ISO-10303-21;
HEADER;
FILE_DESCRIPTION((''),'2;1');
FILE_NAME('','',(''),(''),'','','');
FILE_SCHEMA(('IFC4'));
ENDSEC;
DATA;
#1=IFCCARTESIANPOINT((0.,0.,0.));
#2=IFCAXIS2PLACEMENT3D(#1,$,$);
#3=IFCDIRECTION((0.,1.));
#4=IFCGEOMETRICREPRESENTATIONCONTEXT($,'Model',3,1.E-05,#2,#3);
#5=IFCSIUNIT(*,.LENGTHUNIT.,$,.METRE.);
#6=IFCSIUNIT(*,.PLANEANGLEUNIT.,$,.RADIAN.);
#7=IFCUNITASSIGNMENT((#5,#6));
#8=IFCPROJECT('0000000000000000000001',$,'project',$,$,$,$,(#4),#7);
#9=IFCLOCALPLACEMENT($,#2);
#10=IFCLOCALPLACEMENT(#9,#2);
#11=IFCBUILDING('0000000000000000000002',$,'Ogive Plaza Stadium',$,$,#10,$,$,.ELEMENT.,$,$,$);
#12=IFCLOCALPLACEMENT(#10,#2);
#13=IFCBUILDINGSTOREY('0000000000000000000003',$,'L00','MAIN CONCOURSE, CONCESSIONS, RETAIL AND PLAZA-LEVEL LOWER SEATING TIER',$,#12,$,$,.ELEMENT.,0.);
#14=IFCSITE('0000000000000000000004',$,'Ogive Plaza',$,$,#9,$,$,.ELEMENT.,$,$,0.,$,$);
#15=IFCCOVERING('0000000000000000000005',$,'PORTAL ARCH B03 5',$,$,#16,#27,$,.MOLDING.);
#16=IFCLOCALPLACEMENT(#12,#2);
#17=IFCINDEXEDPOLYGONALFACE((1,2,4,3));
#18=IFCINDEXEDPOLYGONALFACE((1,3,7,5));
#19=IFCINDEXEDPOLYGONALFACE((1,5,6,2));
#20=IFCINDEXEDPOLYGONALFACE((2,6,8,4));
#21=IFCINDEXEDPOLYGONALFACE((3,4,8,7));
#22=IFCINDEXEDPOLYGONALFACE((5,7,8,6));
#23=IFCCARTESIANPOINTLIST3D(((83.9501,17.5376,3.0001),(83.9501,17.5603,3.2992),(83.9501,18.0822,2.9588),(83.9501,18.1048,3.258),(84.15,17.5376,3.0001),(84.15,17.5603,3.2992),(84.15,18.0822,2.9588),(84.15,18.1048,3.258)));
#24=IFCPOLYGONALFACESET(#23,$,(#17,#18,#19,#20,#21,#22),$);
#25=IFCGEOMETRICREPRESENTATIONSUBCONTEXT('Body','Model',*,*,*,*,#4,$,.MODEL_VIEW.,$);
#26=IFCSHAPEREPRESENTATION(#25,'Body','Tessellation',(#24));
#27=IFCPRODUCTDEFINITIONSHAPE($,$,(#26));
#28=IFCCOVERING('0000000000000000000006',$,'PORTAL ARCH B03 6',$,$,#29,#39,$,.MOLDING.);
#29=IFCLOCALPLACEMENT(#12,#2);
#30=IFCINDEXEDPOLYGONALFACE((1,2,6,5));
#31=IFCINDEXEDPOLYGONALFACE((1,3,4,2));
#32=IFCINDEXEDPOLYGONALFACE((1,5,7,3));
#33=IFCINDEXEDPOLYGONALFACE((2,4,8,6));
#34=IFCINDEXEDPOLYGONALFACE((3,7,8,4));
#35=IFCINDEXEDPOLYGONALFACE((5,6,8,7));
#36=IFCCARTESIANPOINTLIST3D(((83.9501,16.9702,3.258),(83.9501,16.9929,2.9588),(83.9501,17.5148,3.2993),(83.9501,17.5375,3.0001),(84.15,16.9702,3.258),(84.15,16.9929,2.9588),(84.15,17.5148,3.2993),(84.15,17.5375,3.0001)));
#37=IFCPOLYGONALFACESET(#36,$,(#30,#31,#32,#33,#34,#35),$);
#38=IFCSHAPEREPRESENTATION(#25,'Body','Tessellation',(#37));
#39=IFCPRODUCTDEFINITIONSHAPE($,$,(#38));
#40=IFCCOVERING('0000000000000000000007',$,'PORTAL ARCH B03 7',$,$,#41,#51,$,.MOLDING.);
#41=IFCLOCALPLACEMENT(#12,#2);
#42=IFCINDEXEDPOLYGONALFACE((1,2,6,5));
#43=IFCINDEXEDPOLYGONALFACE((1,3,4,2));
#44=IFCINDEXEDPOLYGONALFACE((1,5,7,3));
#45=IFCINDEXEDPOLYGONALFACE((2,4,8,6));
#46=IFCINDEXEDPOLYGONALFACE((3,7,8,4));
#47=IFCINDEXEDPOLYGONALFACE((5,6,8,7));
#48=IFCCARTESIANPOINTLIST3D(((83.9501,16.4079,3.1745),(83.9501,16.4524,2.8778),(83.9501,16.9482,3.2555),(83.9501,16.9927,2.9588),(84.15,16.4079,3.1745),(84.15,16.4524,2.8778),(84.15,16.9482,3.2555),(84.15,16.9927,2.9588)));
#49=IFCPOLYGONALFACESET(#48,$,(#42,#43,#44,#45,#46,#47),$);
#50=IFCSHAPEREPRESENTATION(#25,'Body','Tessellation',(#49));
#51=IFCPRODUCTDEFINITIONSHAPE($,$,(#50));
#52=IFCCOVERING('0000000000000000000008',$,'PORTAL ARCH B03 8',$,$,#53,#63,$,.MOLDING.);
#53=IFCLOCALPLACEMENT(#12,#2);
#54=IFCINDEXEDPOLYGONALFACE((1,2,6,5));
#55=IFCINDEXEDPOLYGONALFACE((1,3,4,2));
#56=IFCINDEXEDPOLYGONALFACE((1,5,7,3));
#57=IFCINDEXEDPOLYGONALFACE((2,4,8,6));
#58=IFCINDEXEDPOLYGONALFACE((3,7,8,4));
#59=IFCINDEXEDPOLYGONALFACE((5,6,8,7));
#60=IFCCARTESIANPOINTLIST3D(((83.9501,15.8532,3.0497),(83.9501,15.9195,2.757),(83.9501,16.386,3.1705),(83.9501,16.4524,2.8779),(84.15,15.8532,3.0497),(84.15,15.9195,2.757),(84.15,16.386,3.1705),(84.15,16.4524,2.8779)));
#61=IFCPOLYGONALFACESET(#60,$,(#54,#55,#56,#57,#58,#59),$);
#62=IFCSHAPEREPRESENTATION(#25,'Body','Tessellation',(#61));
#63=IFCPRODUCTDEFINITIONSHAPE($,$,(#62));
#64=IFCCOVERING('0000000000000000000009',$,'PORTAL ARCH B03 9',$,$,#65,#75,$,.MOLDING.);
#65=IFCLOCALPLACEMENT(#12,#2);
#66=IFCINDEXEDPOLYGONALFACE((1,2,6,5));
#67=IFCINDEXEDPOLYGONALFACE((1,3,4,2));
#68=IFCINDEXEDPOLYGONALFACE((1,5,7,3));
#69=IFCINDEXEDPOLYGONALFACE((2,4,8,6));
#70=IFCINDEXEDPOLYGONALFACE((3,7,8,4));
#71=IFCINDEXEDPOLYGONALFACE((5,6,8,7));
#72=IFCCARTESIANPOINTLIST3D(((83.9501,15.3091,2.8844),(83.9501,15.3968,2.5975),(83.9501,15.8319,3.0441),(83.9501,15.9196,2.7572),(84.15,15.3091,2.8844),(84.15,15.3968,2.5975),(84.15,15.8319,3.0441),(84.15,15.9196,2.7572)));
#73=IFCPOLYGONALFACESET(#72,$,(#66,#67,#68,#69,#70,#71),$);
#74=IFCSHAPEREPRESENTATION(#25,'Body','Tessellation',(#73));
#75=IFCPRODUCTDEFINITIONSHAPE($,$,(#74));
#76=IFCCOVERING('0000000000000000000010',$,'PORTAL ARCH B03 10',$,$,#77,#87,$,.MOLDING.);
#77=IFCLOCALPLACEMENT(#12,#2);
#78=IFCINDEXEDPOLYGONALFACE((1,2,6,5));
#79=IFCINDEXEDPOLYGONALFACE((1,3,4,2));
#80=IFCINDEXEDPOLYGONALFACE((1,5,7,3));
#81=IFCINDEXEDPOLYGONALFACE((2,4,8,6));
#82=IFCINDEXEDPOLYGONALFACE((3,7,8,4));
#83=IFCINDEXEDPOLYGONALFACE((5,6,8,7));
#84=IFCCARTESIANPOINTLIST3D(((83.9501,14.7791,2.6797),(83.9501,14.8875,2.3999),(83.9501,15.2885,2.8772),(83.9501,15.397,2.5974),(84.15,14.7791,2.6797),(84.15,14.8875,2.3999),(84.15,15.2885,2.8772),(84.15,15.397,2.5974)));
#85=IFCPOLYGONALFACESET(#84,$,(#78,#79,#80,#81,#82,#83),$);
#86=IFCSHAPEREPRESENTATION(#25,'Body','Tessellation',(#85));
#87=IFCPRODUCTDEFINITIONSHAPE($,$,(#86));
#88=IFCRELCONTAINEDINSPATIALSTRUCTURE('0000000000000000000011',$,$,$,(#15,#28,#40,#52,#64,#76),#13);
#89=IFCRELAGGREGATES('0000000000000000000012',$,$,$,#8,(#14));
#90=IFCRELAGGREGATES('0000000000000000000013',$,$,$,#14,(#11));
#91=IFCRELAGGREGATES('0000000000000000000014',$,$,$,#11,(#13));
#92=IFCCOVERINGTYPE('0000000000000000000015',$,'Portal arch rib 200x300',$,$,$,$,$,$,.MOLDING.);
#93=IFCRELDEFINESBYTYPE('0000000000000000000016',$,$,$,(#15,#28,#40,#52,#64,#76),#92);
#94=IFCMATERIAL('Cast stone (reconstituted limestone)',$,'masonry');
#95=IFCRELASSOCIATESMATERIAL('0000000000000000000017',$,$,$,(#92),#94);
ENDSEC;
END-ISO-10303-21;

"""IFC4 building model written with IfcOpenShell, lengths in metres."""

from ifc_helpers import new_model, si_unit, direction, frame, origin, origin_2d, place, context, subcontext, project, spatial, rectangle, extrude, material, material_profile, profile_set, type_object, element, save


model = new_model("IFC4")

# Units and contexts
model_context = context("Model", 3, precision=1e-05, world=origin(), true_north=direction((0.0, 1.0)))
body_context = subcontext(model_context, "Body", "Model", "MODEL_VIEW")
ifc_project = project(units=[si_unit("LENGTHUNIT", "METRE"), si_unit("PLANEANGLEUNIT", "RADIAN")], contexts=[model_context])

# Site, building, storey
site_placement = place(None, origin())
site = spatial("IfcSite", under=ifc_project, at=site_placement, Name="Ogive Plaza", CompositionType="ELEMENT", RefElevation=0.0)
building_placement = place(site_placement, origin())
building = spatial("IfcBuilding", under=site, at=building_placement, Name="Ogive Plaza Stadium", CompositionType="ELEMENT")
storey_placement = place(building_placement, origin())
storey = spatial("IfcBuildingStorey", under=building, at=storey_placement, Name="L00", Description="MAIN CONCOURSE, CONCESSIONS, RETAIL AND PLAZA-LEVEL LOWER SEATING TIER", CompositionType="ELEMENT", Elevation=0.0)

# Coverings
ifc_material_1 = material(Name="Cast stone (reconstituted limestone)", Category="masonry")
ifc_material_profile_1 = material_profile(ifc_material_1, rectangle(XDim=0.2, YDim=0.3, at=origin_2d()), Name="Cast stone 200x300")
ifc_profile_set_1 = profile_set([ifc_material_profile_1], Name="Cast stone (reconstituted limestone)")
covering_type_1 = type_object("IfcCoveringType", Name="Portal arch rib 200x300", PredefinedType="MOLDING", material=ifc_profile_set_1)
for number, where, z_axis, x_axis, name in (
    (1, (84.05, 18.0935, 3.1084), (0.0, -0.997143, 0.075534), (1.0, 0.0, 0.0), "PORTAL ARCH B03 5"),
    (2, (84.05, 17.5261, 3.1497), (0.0, -0.997143, -0.075534), (1.0, 0.0, 0.0), "PORTAL ARCH B03 6"),
):
    element("IfcCovering", number, at=place(storey_placement, frame(where, z_axis=z_axis, x_axis=x_axis)), inside=storey, type_object=covering_type_1, Name=name, PredefinedType="MOLDING", context=body_context, shape_type="SweptSolid", body=[
        extrude(rectangle(XDim=0.2, YDim=0.3, at=origin_2d()), origin(), (0.0, 0.0, 1.0), 0.5461),
    ])
for number, where, z_axis, x_axis, name in (
    (3, (84.05, 16.9705, 3.1072), (0.0, -0.988933, -0.148362), (1.0, 0.0, 0.0), "PORTAL ARCH B03 7"),
    (4, (84.05, 16.4192, 3.0242), (0.0, -0.975242, -0.221138), (1.0, 0.0, 0.0), "PORTAL ARCH B03 8"),
):
    element("IfcCovering", number, at=place(storey_placement, frame(where, z_axis=z_axis, x_axis=x_axis)), inside=storey, type_object=covering_type_1, Name=name, PredefinedType="MOLDING", context=body_context, shape_type="SweptSolid", body=[
        extrude(rectangle(XDim=0.2, YDim=0.3, at=origin_2d()), origin(), (0.0, 0.0, 1.0), 0.5464),
    ])
covering_1_placement = place(storey_placement, frame((84.05, 15.8757, 2.9006), z_axis=(0.0, -0.956376, -0.292139), x_axis=(1.0, 0.0, 0.0)))
element("IfcCovering", 5, at=covering_1_placement, inside=storey, type_object=covering_type_1, Name="PORTAL ARCH B03 9", PredefinedType="MOLDING", context=body_context, shape_type="SweptSolid", body=[
    extrude(rectangle(XDim=0.2, YDim=0.3, at=origin_2d()), origin(), (0.0, 0.0, 1.0), 0.5466),
])
covering_2_placement = place(storey_placement, frame((84.05, 15.3428, 2.7373), z_axis=(0.0, -0.932398, -0.361433), x_axis=(1.0, 0.0, 0.0)))
element("IfcCovering", 6, at=covering_2_placement, inside=storey, type_object=covering_type_1, Name="PORTAL ARCH B03 10", PredefinedType="MOLDING", context=body_context, shape_type="SweptSolid", body=[
    extrude(rectangle(XDim=0.2, YDim=0.3, at=origin_2d()), origin(), (0.0, 0.0, 1.0), 0.5464),
])

save(model, "model.ifc")
